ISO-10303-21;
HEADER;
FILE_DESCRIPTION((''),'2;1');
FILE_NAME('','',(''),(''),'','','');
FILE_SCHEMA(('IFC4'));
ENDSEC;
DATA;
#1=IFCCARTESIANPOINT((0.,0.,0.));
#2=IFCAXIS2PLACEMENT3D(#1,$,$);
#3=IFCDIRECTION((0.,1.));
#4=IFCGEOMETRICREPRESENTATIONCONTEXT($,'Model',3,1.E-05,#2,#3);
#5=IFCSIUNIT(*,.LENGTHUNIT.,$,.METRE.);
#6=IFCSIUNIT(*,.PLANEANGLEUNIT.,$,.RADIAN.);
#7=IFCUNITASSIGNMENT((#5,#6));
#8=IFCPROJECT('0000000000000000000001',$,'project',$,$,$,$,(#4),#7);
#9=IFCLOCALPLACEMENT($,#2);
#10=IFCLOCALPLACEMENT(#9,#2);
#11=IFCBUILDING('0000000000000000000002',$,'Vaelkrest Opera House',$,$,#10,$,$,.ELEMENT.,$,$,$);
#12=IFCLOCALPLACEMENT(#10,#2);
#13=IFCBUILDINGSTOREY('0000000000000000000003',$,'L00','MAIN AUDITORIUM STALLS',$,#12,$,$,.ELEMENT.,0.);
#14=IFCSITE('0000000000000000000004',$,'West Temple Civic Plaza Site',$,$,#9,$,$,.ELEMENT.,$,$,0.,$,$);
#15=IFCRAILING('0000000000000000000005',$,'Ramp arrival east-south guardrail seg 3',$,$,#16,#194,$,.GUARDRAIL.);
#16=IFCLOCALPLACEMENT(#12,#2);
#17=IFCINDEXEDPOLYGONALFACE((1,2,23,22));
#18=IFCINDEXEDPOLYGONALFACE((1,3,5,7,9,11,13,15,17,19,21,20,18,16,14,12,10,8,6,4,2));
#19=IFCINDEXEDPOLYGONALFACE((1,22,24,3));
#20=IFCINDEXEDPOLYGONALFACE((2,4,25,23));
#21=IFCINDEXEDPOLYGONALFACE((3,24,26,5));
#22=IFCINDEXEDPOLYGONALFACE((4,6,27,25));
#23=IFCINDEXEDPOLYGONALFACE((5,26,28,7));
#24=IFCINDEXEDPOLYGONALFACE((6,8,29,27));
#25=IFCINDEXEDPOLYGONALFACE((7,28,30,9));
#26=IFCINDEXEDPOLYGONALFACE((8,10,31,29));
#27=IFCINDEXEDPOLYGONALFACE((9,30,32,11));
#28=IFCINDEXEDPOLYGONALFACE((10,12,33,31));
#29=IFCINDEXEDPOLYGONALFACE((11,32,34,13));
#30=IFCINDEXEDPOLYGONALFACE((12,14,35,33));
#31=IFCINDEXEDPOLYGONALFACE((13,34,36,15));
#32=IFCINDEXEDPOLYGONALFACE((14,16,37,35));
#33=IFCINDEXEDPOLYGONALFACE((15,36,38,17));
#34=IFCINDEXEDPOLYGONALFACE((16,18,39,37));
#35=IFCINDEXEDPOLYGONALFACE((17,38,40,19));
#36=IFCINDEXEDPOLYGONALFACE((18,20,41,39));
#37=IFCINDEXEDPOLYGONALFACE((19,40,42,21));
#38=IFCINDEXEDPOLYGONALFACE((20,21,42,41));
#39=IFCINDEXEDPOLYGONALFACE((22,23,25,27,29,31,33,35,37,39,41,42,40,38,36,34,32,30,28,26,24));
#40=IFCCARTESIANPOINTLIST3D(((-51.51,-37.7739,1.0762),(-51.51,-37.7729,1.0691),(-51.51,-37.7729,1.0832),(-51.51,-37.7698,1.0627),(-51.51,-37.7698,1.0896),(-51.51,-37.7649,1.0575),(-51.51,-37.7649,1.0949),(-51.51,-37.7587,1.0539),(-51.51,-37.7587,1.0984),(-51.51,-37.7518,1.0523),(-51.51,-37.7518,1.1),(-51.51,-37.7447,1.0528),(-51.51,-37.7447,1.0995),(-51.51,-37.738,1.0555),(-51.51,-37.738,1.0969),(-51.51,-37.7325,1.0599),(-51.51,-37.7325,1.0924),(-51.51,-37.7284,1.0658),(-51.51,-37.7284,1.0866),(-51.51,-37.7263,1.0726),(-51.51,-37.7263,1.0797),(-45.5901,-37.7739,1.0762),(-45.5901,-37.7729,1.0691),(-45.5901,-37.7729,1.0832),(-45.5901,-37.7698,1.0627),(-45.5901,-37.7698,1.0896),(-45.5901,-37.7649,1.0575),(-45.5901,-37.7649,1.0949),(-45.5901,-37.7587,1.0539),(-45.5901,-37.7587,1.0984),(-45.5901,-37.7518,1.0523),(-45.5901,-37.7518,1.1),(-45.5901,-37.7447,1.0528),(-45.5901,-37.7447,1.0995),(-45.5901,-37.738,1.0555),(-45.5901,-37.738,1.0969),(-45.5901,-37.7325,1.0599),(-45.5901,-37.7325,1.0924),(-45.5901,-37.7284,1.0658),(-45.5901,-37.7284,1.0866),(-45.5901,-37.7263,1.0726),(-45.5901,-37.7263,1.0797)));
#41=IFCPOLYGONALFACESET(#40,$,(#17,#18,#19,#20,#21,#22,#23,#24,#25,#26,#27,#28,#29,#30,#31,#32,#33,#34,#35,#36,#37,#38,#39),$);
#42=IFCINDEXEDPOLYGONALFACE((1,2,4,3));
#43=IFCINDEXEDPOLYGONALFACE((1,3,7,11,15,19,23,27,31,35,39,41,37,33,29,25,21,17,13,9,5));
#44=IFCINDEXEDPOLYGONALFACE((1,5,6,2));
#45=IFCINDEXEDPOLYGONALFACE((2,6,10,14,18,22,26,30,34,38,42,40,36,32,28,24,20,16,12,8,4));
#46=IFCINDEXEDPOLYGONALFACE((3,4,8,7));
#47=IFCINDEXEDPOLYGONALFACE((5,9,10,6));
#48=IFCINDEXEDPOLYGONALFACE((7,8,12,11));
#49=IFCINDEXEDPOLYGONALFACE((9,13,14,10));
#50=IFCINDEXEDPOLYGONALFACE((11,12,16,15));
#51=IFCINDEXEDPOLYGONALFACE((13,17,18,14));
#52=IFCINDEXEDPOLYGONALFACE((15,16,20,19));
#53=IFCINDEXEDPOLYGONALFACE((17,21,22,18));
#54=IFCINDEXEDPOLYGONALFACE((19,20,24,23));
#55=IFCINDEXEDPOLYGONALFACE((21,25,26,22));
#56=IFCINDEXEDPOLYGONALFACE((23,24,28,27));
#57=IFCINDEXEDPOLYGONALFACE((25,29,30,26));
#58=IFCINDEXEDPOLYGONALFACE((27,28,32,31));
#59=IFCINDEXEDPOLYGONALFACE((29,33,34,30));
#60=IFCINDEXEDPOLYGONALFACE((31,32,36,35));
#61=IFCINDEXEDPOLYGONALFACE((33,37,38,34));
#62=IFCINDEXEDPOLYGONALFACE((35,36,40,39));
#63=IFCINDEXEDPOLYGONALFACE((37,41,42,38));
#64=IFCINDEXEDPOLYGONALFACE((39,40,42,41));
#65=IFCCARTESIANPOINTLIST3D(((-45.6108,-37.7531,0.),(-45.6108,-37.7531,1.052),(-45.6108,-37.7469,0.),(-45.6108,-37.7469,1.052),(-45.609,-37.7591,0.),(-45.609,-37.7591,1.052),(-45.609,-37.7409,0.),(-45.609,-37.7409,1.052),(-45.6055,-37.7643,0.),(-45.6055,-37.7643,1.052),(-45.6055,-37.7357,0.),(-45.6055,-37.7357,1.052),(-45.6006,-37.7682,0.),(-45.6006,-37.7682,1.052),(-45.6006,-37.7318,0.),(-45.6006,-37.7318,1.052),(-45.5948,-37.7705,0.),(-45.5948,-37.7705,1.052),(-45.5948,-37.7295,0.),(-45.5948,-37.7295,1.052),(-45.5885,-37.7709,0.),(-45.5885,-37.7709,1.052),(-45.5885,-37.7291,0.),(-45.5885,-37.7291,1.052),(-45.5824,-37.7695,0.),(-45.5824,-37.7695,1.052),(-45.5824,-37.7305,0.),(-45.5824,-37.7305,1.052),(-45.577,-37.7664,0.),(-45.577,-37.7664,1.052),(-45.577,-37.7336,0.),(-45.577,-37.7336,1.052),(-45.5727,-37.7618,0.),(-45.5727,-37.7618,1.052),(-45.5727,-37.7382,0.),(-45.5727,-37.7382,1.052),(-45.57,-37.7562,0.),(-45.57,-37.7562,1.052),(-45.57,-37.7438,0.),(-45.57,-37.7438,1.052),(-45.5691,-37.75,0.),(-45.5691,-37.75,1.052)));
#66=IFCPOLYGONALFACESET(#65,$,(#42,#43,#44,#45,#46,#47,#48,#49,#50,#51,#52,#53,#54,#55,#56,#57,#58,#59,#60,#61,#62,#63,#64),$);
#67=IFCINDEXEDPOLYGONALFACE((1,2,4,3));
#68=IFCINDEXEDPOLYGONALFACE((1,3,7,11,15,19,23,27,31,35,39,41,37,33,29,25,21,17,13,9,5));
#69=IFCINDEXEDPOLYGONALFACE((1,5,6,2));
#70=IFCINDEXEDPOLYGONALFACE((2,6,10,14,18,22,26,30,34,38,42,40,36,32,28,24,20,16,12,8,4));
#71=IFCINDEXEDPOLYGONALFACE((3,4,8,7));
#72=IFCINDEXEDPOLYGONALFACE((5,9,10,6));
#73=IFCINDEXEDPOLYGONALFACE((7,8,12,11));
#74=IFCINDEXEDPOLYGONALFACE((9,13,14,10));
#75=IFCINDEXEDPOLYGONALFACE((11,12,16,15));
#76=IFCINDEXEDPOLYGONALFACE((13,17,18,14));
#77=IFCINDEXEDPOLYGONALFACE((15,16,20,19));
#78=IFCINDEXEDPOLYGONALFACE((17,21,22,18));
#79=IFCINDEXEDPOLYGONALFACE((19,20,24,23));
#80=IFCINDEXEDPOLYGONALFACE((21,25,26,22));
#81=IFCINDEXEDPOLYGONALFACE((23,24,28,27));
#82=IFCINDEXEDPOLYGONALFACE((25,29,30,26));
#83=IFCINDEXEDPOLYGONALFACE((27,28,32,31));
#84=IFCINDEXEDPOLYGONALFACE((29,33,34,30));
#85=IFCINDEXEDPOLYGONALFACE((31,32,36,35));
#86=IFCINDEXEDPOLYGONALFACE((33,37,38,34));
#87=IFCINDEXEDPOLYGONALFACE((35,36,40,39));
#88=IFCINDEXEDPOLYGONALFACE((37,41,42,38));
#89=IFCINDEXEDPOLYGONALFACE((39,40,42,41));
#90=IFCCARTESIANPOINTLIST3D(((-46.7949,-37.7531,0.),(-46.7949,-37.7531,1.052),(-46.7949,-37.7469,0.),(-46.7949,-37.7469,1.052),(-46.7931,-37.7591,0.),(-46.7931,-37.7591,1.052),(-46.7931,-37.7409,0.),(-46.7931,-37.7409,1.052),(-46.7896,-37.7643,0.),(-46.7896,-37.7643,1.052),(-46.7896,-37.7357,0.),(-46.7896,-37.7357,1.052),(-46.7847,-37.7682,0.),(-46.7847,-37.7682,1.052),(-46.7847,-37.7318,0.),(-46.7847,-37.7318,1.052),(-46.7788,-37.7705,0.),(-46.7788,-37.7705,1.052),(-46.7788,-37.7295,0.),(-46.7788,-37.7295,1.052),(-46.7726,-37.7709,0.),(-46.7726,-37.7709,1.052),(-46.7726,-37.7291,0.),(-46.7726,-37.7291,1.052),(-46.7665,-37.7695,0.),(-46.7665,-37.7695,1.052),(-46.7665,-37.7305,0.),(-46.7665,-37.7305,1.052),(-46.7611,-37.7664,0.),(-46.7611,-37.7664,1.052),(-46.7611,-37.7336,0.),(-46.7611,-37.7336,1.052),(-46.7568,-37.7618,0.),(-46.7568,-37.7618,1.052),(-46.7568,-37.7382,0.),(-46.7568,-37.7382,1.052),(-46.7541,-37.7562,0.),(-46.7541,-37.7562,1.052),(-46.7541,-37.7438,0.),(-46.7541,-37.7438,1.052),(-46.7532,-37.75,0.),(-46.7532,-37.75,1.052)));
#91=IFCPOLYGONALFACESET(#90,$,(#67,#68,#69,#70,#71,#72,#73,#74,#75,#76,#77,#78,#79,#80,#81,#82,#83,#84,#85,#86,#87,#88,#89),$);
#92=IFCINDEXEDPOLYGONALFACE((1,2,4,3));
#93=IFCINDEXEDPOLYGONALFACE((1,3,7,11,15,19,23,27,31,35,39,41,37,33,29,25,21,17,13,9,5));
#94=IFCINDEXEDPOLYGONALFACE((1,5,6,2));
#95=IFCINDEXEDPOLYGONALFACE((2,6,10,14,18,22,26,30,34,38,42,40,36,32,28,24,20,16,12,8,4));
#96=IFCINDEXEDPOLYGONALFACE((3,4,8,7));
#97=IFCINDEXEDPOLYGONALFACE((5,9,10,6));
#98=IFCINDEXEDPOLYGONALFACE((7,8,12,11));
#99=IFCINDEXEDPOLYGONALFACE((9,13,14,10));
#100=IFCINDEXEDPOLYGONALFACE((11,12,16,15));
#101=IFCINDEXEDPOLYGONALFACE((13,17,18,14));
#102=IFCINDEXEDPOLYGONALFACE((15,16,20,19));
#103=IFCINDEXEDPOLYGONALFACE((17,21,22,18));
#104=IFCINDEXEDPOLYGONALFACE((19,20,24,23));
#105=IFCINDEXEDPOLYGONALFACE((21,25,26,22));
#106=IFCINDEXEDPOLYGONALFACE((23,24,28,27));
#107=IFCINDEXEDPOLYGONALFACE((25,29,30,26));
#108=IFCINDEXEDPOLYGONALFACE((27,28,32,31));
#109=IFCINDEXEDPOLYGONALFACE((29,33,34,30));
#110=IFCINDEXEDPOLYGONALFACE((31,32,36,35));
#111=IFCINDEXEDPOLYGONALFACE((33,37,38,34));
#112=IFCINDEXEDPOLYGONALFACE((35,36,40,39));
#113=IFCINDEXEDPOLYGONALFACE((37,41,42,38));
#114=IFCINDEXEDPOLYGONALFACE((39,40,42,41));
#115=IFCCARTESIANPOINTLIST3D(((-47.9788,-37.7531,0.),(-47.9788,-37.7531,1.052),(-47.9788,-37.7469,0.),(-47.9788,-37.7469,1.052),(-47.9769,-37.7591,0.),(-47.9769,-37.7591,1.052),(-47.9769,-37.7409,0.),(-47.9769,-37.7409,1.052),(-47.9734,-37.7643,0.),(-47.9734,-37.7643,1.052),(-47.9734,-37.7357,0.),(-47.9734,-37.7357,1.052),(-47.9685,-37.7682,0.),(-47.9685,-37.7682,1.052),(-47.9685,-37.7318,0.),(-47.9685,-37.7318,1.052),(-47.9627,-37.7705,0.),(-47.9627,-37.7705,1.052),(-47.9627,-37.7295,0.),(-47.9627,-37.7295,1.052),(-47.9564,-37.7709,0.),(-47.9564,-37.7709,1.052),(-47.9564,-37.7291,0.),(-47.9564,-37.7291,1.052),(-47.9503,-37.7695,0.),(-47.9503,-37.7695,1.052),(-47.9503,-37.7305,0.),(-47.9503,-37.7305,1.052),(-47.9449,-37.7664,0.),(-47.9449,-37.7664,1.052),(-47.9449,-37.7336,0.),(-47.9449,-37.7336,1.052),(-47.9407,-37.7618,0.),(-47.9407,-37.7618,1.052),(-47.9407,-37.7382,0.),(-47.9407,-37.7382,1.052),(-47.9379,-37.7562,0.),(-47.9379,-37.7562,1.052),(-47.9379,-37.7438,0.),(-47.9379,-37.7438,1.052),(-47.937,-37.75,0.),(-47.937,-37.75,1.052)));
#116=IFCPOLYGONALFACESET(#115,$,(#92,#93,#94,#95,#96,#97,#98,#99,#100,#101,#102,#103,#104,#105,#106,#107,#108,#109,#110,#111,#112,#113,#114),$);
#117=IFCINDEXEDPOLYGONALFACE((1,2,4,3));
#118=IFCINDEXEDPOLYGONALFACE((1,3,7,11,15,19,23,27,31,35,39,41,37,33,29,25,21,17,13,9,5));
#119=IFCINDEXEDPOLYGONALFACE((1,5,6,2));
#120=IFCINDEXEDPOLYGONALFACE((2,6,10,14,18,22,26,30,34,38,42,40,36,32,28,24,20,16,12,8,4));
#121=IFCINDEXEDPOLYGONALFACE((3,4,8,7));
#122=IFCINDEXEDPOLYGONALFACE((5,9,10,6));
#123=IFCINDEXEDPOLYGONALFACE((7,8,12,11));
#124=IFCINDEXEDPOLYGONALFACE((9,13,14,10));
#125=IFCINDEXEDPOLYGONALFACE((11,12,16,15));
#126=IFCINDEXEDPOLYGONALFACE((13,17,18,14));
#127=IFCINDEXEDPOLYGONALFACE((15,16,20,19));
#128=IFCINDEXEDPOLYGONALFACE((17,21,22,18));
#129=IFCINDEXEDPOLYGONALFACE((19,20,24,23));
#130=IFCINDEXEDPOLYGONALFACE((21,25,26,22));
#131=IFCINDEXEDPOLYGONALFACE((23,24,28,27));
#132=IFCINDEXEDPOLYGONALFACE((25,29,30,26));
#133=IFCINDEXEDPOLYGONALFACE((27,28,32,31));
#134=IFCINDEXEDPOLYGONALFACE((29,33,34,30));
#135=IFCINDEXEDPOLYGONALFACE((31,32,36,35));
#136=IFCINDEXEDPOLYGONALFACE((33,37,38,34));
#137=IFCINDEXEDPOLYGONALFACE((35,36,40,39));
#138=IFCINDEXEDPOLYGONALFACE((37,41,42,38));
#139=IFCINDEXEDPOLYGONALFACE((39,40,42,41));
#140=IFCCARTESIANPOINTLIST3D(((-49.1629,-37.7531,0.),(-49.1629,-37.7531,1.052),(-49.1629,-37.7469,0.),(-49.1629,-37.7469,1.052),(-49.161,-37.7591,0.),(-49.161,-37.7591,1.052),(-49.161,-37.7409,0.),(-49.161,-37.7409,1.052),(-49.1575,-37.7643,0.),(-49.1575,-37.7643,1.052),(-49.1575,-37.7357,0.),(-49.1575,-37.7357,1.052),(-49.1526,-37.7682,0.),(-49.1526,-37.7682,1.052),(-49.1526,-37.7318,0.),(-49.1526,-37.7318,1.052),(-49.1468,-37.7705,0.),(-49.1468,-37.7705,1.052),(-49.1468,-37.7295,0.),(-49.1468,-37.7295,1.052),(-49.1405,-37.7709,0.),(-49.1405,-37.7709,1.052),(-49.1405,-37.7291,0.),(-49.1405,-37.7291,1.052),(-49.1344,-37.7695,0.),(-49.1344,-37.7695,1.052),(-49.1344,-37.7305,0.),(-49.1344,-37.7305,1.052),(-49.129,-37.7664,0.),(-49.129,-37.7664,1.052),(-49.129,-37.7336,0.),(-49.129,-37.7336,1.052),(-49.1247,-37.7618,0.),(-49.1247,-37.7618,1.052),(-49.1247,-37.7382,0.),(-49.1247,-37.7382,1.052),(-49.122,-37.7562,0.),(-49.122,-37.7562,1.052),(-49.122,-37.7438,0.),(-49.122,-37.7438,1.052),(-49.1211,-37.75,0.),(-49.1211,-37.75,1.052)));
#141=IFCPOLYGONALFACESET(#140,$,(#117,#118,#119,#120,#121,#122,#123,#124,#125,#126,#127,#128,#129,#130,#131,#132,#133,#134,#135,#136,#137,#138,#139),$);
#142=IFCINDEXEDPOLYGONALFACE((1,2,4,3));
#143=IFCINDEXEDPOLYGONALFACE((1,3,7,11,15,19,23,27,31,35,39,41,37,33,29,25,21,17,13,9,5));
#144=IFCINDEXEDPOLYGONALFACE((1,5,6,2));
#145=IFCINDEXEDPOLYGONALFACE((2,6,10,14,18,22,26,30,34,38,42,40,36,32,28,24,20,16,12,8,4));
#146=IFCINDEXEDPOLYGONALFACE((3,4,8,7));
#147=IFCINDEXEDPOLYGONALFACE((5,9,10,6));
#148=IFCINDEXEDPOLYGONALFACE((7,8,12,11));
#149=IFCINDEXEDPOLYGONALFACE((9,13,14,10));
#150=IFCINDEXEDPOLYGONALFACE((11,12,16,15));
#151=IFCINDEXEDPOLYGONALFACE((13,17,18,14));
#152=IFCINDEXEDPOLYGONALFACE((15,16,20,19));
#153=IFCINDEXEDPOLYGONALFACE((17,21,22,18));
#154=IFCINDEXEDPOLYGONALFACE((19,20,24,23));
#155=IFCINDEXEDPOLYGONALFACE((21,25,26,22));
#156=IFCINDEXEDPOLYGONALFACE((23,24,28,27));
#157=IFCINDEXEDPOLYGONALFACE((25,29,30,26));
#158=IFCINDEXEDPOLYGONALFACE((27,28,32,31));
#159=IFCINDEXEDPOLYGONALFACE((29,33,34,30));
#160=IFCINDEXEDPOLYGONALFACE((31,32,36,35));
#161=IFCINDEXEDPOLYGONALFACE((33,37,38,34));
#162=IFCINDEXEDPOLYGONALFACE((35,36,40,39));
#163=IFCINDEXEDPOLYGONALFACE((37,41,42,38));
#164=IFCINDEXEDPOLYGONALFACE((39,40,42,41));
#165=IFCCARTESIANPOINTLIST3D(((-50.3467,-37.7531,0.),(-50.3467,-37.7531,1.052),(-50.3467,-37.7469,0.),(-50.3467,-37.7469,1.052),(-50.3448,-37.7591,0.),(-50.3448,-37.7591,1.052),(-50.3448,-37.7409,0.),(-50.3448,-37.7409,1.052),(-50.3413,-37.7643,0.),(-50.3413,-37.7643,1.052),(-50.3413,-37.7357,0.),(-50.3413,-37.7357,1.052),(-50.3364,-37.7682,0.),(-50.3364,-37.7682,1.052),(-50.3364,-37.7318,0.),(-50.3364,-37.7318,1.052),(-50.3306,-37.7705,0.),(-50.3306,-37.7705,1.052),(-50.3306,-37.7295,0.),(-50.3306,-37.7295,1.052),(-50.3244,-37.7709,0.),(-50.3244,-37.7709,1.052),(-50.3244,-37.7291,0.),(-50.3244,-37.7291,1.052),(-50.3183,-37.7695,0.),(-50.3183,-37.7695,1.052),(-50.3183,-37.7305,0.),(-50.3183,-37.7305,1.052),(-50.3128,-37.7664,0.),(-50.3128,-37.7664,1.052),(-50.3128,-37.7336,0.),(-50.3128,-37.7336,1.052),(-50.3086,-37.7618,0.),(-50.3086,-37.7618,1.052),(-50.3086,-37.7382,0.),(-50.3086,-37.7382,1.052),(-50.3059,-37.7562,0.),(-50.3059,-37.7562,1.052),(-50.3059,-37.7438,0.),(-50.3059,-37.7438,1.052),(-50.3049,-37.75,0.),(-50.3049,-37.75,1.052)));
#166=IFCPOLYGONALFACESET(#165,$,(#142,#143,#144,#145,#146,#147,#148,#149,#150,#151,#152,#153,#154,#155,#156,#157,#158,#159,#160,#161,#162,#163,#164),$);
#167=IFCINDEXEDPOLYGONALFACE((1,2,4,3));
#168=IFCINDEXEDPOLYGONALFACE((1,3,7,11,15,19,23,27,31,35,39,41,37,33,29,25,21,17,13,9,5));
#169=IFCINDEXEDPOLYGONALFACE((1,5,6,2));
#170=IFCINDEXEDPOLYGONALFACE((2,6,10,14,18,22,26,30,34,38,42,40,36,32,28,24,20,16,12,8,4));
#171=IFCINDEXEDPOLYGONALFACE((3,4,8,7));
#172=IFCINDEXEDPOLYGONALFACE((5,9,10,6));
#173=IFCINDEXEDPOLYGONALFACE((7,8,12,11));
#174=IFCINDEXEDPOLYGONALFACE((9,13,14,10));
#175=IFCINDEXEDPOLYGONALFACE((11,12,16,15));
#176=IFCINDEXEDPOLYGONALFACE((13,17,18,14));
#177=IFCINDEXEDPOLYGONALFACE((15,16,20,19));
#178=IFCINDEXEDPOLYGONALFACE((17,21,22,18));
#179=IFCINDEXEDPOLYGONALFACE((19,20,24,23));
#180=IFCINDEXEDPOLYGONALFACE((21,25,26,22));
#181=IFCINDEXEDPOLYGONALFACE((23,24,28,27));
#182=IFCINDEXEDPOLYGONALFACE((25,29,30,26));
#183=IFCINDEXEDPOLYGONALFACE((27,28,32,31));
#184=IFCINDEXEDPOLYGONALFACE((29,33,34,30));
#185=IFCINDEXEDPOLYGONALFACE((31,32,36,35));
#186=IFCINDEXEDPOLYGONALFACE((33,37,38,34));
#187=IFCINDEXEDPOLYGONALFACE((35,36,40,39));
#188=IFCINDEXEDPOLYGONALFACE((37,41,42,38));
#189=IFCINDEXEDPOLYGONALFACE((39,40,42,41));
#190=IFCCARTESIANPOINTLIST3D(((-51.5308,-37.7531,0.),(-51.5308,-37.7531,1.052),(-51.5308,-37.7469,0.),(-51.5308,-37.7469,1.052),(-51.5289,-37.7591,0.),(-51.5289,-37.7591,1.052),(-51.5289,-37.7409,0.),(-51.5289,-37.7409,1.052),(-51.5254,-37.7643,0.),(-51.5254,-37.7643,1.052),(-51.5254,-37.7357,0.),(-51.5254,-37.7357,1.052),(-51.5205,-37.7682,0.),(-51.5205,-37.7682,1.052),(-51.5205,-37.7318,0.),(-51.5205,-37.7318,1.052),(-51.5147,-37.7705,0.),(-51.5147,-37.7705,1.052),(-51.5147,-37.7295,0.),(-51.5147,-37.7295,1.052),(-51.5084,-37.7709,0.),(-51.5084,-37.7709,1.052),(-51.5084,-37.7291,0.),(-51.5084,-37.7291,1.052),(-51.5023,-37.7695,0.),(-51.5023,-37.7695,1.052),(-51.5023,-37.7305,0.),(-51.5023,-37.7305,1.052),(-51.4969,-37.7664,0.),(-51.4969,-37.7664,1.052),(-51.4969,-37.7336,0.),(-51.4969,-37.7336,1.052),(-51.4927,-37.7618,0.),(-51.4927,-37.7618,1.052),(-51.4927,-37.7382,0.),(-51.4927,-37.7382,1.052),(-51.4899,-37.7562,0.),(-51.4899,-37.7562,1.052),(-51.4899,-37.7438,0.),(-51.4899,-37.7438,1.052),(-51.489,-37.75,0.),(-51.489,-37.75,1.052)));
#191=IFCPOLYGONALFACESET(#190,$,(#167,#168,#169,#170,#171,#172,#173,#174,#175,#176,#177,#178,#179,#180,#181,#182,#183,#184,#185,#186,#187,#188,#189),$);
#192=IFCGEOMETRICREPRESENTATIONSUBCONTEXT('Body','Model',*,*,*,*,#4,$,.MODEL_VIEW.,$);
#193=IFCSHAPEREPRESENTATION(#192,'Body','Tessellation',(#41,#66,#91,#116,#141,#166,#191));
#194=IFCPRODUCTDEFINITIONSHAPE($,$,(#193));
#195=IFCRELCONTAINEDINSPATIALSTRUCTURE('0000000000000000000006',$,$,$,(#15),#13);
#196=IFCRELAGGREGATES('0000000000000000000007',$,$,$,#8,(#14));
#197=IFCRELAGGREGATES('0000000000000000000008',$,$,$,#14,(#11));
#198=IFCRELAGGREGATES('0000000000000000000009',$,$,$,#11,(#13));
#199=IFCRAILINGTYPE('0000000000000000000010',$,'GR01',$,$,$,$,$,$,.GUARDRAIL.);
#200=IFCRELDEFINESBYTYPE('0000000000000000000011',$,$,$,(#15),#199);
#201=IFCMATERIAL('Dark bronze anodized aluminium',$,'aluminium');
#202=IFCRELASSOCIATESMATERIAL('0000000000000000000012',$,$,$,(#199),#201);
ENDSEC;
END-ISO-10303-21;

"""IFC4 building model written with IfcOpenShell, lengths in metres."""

from ifc_helpers import new_model, si_unit, direction, frame, origin, origin_2d, place, context, subcontext, project, spatial, circle, extrude, material, type_object, element, save


model = new_model("IFC4")

# Units and contexts
model_context = context("Model", 3, precision=1e-05, world=origin(), true_north=direction((0.0, 1.0)))
body_context = subcontext(model_context, "Body", "Model", "MODEL_VIEW")
ifc_project = project(units=[si_unit("LENGTHUNIT", "METRE"), si_unit("PLANEANGLEUNIT", "RADIAN")], contexts=[model_context])

# Site, building, storey
site_placement = place(None, origin())
site = spatial("IfcSite", under=ifc_project, at=site_placement, Name="West Temple Civic Plaza Site", CompositionType="ELEMENT", RefElevation=0.0)
building_placement = place(site_placement, origin())
building = spatial("IfcBuilding", under=site, at=building_placement, Name="Vaelkrest Opera House", CompositionType="ELEMENT")
storey_placement = place(building_placement, origin())
storey = spatial("IfcBuildingStorey", under=building, at=storey_placement, Name="L00", Description="MAIN AUDITORIUM STALLS", CompositionType="ELEMENT", Elevation=0.0)

# Shared definitions
ifc_material_1 = material(Name="Dark bronze anodized aluminium", Category="aluminium")

# Railing
railing_type = type_object("IfcRailingType", Name="GR01", PredefinedType="GUARDRAIL", material=ifc_material_1)
railing_1_placement = place(storey_placement, frame((-45.5901, -37.75, 0.0)))
element("IfcRailing", 1, at=railing_1_placement, inside=storey, type_object=railing_type, Name="Ramp arrival east-south guardrail seg 3", PredefinedType="GUARDRAIL", context=body_context, shape_type="SweptSolid", body=[
    extrude(circle(Radius=0.0239, at=origin_2d()), frame((0.0, 0.0, 1.0762), z_axis=(-1.0, 0.0, 0.0), x_axis=(0.0, -1.0, 0.0)), (0.0, 0.0, 1.0), 5.9199),
    extrude(circle(Radius=0.021, at=origin_2d()), origin(), (0.0, 0.0, 1.0), 1.052),
    extrude(circle(Radius=0.021, at=origin_2d()), frame((-1.1841, 0.0, 0.0)), (0.0, 0.0, 1.0), 1.052),
    extrude(circle(Radius=0.021, at=origin_2d()), frame((-2.3679, 0.0, 0.0)), (0.0, 0.0, 1.0), 1.052),
    extrude(circle(Radius=0.021, at=origin_2d()), frame((-3.552, 0.0, 0.0)), (0.0, 0.0, 1.0), 1.052),
    extrude(circle(Radius=0.021, at=origin_2d()), frame((-4.7358, 0.0, 0.0)), (0.0, 0.0, 1.0), 1.052),
    extrude(circle(Radius=0.021, at=origin_2d()), frame((-5.9199, 0.0, 0.0)), (0.0, 0.0, 1.0), 1.052),
])

save(model, "model.ifc")
